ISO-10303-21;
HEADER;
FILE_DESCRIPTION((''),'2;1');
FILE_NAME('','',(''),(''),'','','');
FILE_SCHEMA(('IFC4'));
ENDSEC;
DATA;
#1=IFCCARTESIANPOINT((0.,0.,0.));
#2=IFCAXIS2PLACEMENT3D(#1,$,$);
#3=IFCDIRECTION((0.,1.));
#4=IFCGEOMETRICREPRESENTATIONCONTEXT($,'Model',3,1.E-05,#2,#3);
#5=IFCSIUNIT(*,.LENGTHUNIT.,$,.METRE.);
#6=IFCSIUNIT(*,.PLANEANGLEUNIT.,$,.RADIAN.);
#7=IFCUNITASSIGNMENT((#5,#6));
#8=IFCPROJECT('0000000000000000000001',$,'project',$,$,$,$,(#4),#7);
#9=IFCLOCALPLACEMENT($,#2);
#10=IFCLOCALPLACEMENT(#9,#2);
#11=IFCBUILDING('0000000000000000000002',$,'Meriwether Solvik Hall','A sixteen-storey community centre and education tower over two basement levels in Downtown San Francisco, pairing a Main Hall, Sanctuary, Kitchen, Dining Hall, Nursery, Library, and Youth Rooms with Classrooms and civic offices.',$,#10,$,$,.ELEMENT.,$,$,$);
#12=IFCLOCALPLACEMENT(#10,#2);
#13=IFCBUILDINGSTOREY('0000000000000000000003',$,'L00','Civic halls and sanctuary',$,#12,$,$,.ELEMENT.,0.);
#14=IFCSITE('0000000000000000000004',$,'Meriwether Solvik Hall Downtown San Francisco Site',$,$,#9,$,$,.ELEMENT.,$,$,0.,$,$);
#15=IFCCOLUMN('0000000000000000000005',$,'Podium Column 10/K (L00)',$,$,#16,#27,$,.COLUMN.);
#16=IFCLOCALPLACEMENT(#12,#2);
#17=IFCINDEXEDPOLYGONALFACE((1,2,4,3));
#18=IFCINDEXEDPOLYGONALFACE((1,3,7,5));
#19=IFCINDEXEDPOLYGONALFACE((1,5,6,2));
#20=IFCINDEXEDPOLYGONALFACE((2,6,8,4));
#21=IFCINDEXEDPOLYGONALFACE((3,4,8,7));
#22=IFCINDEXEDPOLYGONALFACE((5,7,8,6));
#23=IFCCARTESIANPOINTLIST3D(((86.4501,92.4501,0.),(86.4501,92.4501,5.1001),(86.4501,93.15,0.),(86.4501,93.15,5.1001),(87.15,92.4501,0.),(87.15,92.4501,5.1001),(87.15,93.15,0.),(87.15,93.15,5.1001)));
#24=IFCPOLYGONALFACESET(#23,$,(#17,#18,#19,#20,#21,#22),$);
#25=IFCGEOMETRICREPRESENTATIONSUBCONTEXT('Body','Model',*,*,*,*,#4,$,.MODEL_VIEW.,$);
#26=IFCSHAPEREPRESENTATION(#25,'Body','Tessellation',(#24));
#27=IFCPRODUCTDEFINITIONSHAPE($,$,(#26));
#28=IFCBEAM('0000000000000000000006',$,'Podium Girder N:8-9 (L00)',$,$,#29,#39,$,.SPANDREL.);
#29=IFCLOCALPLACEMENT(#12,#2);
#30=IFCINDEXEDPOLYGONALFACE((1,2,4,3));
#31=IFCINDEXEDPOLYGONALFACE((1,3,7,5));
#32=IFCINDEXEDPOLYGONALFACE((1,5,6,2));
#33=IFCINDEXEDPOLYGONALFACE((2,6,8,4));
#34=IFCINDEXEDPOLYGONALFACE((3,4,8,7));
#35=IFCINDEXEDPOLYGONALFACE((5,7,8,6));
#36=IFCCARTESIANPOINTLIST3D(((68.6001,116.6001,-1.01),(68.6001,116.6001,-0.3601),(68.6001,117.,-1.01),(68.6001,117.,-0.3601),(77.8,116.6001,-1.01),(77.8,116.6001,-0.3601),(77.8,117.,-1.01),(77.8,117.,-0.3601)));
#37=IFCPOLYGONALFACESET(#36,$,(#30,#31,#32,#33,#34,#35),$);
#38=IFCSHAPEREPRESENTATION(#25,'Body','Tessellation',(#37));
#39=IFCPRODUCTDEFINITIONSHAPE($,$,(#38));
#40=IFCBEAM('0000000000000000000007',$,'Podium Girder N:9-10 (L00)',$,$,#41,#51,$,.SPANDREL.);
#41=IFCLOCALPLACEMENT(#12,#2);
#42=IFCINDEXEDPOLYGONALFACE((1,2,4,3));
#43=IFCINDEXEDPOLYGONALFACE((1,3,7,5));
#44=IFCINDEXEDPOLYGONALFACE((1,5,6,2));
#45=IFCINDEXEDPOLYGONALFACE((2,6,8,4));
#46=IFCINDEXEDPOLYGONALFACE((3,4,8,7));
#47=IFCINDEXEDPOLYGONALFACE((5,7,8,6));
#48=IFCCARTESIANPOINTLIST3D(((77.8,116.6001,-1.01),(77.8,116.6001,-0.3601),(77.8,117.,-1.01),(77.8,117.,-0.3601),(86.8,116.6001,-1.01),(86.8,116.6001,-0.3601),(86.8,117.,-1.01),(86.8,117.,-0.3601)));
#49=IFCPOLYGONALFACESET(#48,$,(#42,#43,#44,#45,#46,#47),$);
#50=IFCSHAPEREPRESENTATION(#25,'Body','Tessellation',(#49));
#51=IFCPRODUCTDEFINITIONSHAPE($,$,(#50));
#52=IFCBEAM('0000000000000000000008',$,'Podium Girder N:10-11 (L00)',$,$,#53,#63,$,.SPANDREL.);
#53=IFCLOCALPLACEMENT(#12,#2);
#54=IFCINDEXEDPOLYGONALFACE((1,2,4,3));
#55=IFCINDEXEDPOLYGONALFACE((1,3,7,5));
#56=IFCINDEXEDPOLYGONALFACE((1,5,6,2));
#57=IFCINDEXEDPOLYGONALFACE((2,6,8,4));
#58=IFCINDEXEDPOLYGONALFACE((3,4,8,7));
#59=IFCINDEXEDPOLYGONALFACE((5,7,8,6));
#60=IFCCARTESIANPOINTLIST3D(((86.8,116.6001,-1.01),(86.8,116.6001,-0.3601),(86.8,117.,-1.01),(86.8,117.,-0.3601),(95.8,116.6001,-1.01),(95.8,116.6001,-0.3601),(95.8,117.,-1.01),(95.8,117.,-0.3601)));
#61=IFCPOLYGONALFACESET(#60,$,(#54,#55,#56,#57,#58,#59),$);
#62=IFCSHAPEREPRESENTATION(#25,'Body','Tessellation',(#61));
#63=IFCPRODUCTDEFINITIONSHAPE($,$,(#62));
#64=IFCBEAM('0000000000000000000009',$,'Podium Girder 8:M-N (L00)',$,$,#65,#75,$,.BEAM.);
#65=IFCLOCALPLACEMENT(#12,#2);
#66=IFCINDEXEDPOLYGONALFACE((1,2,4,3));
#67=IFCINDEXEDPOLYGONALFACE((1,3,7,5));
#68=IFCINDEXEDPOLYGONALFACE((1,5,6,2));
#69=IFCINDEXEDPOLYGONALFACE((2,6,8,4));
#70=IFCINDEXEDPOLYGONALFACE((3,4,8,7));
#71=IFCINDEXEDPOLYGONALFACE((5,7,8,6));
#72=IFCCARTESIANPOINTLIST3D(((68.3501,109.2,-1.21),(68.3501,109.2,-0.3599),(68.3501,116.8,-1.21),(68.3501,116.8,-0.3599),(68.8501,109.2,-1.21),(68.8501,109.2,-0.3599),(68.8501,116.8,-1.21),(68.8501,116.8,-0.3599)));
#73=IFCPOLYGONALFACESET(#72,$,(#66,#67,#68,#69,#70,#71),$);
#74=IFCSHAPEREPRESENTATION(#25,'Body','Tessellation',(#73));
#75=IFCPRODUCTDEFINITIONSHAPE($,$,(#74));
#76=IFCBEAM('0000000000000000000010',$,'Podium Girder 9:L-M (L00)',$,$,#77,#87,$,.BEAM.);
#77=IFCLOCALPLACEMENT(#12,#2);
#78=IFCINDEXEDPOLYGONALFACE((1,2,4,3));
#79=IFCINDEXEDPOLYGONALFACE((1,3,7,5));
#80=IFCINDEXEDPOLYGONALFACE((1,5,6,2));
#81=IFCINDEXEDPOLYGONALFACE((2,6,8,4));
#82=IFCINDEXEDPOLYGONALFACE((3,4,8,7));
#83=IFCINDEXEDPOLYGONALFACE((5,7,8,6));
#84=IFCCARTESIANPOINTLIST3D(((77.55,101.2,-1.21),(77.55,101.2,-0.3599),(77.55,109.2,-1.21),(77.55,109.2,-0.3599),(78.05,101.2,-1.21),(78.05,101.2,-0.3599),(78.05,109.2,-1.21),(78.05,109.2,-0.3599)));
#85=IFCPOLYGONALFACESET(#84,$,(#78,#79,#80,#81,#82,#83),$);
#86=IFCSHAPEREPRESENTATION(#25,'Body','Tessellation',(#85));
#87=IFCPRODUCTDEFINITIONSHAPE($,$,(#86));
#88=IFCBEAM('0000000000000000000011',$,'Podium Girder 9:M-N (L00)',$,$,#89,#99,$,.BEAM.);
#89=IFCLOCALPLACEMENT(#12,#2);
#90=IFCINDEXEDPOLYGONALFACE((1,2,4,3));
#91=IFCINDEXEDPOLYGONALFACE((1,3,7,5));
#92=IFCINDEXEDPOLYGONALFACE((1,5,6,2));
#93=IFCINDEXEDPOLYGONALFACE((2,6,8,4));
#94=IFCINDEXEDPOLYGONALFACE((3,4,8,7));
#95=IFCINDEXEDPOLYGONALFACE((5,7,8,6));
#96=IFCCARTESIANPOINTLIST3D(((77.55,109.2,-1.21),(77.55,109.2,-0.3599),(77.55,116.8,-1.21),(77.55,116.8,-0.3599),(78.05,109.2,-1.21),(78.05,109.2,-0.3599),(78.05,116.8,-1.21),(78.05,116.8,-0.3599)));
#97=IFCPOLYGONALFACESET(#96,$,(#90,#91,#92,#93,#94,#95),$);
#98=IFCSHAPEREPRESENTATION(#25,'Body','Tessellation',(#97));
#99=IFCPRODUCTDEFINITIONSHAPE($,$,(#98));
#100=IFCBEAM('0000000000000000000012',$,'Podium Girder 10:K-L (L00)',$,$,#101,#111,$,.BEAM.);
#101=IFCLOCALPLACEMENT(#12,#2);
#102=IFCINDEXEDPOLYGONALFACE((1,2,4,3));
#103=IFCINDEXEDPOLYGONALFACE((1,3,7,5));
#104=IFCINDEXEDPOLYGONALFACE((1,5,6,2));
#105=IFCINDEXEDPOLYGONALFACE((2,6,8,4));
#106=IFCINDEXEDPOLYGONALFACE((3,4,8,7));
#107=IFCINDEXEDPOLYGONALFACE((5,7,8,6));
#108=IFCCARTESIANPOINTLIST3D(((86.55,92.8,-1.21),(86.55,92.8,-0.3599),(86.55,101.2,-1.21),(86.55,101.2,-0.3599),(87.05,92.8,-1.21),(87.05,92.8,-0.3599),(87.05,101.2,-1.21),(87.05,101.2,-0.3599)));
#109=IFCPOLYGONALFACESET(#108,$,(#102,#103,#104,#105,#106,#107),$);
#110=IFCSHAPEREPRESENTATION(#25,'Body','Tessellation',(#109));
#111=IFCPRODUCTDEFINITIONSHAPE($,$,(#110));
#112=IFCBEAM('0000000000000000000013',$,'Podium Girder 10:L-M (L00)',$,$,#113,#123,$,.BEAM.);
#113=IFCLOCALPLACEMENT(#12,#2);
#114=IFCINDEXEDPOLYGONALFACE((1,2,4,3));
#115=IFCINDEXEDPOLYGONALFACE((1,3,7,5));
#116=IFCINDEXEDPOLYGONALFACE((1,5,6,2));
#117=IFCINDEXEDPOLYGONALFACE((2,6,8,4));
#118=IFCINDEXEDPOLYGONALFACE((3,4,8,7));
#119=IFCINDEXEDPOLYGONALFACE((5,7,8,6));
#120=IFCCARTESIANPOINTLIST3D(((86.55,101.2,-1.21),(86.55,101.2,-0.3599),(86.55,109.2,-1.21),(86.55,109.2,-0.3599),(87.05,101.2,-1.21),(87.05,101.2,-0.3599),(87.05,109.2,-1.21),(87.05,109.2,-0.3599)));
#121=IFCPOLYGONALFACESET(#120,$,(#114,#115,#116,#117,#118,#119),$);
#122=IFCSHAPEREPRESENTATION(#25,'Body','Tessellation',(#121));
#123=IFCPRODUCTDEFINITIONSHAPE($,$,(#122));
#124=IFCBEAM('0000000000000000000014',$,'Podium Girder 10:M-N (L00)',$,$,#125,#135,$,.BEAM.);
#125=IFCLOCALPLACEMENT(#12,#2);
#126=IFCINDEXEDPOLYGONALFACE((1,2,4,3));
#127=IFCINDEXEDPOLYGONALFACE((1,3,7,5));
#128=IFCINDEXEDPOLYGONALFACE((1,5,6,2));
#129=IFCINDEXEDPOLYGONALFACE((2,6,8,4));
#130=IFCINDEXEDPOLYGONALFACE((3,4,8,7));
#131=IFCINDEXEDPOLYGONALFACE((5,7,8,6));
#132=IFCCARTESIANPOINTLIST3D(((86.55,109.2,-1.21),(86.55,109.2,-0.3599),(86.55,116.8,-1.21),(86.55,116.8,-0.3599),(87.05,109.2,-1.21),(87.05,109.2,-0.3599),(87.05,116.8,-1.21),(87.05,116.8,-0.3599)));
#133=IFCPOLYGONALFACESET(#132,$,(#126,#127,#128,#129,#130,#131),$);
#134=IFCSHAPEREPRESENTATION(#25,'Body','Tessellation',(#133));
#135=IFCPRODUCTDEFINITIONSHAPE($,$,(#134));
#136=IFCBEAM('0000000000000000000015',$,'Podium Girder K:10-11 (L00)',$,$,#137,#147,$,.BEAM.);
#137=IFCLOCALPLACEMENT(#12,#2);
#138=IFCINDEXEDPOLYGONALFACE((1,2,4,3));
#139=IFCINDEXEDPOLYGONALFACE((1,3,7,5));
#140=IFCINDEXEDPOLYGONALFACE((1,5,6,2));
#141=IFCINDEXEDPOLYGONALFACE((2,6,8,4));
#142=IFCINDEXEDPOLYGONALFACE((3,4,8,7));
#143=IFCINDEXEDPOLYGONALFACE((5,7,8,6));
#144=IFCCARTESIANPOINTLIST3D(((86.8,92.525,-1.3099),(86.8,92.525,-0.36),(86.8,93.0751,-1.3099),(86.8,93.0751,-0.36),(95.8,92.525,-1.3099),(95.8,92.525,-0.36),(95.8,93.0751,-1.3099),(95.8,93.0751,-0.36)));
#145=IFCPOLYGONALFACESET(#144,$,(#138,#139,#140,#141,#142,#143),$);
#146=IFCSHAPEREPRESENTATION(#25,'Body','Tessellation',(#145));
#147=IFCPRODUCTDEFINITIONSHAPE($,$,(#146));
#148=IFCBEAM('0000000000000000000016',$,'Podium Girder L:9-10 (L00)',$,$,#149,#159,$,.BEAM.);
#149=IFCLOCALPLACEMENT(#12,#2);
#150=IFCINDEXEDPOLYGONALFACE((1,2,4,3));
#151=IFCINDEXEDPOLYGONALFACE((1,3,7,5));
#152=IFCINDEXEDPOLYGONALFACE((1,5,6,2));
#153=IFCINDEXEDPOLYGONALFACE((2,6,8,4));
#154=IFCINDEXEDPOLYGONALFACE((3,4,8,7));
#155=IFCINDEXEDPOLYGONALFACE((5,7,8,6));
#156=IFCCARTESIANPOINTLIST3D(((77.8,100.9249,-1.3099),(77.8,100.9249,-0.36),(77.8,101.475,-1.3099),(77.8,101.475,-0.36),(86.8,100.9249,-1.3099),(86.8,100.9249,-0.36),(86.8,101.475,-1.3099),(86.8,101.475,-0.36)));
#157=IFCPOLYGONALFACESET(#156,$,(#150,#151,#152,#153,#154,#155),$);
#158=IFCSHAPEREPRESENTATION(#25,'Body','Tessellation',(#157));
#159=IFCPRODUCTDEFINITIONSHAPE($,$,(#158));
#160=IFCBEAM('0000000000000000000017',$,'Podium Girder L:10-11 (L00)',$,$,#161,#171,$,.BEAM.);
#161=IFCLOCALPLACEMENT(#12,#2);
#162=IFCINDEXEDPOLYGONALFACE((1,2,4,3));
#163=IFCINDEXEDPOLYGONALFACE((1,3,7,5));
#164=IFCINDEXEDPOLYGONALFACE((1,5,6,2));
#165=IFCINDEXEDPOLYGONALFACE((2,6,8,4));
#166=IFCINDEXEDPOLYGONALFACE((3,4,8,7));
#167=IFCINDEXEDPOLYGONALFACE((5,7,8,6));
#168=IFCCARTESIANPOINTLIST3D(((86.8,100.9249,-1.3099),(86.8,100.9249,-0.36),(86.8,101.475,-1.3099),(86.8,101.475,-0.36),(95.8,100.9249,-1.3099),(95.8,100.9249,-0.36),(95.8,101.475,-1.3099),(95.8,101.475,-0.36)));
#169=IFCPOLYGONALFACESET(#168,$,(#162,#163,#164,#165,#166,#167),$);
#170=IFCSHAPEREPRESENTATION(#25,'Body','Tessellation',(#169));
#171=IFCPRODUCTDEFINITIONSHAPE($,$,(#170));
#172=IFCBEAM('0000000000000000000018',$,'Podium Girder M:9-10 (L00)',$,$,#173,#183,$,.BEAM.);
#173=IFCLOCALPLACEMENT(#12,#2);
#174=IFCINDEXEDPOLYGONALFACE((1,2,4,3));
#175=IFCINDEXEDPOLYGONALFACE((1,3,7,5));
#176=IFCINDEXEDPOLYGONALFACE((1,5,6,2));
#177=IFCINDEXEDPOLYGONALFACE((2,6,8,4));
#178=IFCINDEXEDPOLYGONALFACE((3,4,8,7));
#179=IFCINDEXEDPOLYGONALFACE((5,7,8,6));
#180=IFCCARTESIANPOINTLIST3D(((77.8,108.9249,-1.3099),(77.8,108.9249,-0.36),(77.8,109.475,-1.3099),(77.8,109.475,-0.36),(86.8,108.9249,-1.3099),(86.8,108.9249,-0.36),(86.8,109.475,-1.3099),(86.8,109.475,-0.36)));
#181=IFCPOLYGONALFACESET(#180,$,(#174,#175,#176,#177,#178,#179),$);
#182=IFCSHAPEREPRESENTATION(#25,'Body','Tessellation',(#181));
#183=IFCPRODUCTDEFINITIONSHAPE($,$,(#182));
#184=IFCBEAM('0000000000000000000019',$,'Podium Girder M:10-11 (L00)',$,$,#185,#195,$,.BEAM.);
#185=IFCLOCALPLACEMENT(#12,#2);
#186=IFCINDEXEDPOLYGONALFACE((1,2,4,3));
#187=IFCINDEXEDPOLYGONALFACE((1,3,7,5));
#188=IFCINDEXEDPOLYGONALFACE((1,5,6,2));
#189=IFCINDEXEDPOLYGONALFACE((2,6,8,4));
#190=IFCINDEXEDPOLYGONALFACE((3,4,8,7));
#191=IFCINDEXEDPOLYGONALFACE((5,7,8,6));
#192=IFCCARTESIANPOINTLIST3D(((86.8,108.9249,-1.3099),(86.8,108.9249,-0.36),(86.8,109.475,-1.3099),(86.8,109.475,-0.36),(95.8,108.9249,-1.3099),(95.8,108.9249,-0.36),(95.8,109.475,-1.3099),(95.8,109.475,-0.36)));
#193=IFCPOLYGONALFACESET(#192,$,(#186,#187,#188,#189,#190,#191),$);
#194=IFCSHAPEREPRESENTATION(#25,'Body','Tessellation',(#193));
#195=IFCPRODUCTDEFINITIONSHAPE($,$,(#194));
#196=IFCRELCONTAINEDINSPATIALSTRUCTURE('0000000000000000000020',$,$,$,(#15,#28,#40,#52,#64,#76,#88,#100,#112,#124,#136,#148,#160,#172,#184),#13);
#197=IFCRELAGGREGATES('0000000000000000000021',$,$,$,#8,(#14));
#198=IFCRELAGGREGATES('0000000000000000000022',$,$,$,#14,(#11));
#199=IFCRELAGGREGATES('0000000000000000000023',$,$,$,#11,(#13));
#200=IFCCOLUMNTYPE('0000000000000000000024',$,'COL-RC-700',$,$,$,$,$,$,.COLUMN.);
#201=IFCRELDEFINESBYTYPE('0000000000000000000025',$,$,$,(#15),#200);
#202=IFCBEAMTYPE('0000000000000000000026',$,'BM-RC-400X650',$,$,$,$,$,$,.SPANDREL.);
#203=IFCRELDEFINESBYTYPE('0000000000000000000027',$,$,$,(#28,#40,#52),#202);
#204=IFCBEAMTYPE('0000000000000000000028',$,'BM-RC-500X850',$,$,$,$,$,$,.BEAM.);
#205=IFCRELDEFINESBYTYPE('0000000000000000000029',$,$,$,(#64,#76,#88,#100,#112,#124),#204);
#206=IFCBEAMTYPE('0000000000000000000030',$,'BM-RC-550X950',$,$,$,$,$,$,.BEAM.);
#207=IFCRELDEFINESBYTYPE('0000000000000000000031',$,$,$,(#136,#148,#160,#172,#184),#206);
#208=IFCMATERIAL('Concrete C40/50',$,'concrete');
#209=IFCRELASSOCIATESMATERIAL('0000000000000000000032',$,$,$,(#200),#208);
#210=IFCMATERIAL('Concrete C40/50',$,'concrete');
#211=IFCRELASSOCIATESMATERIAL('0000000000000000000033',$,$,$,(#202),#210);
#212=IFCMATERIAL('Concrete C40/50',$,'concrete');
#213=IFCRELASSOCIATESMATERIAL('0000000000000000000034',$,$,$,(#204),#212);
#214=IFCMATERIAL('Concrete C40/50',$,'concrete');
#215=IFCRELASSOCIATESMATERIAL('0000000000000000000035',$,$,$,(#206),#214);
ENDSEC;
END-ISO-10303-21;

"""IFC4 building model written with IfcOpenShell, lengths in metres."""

from ifc_helpers import new_model, si_unit, direction, frame, origin, origin_2d, place, context, subcontext, project, spatial, rectangle, extrude, material, material_profile, profile_set, type_object, element, save


model = new_model("IFC4")

# Units and contexts
model_context = context("Model", 3, precision=1e-05, world=origin(), true_north=direction((0.0, 1.0)))
body_context = subcontext(model_context, "Body", "Model", "MODEL_VIEW")
ifc_project = project(units=[si_unit("LENGTHUNIT", "METRE"), si_unit("PLANEANGLEUNIT", "RADIAN")], contexts=[model_context])

# Site, building, storey
site_placement = place(None, origin())
site = spatial("IfcSite", under=ifc_project, at=site_placement, Name="Meriwether Solvik Hall Downtown San Francisco Site", CompositionType="ELEMENT", RefElevation=0.0)
building_placement = place(site_placement, origin())
building = spatial("IfcBuilding", under=site, at=building_placement, Name="Meriwether Solvik Hall", Description="A sixteen-storey community centre and education tower over two basement levels in Downtown San Francisco, pairing a Main Hall, Sanctuary, Kitchen, Dining Hall, Nursery, Library, and Youth Rooms with Classrooms and civic offices.", CompositionType="ELEMENT")
storey_placement = place(building_placement, origin())
storey = spatial("IfcBuildingStorey", under=building, at=storey_placement, Name="L00", Description="Civic halls and sanctuary", CompositionType="ELEMENT", Elevation=0.0)

# Column
ifc_material_1 = material(Name="Concrete C40/50", Category="concrete")
ifc_material_profile_1 = material_profile(ifc_material_1, rectangle(XDim=0.7, YDim=0.7, at=origin_2d()), Name="RCC-700X700")
ifc_profile_set_1 = profile_set([ifc_material_profile_1], Name="Concrete C40/50")
column_type = type_object("IfcColumnType", Name="COL-RC-700", PredefinedType="COLUMN", material=ifc_profile_set_1)
column_placement = place(storey_placement, frame((86.8, 92.8, 0.0), z_axis=(0.0, 0.0, 1.0), x_axis=(1.0, 0.0, 0.0)))
element("IfcColumn", 1, at=column_placement, inside=storey, type_object=column_type, Name="Podium Column 10/K (L00)", PredefinedType="COLUMN", context=body_context, shape_type="SweptSolid", body=[
    extrude(rectangle(XDim=0.7, YDim=0.7, at=origin_2d()), origin(), (0.0, 0.0, 1.0), 5.1001),
])

# Beams
ifc_material_2 = material(Name="Concrete C40/50", Category="concrete")
ifc_material_profile_2 = material_profile(ifc_material_2, rectangle(XDim=0.3999, YDim=0.6499, at=origin_2d()), Name="RCB-400X650")
ifc_profile_set_2 = profile_set([ifc_material_profile_2], Name="Concrete C40/50")
beam_type_1 = type_object("IfcBeamType", Name="BM-RC-400X650", PredefinedType="SPANDREL", material=ifc_profile_set_2)
beam_1_placement = place(storey_placement, frame((68.6001, 116.8, -0.6851), z_axis=(1.0, 0.0, 0.0), x_axis=(0.0, 1.0, 0.0)))
element("IfcBeam", 2, at=beam_1_placement, inside=storey, type_object=beam_type_1, Name="Podium Girder N:8-9 (L00)", PredefinedType="SPANDREL", context=body_context, shape_type="SweptSolid", body=[
    extrude(rectangle(XDim=0.3999, YDim=0.6499, at=origin_2d()), origin(), (0.0, 0.0, 1.0), 9.2),
])
for number, where, z_axis, x_axis, name in (
    (3, (77.8, 116.8, -0.6851), (1.0, 0.0, 0.0), (0.0, 1.0, 0.0), "Podium Girder N:9-10 (L00)"),
    (4, (86.8, 116.8, -0.6851), (1.0, 0.0, 0.0), (0.0, 1.0, 0.0), "Podium Girder N:10-11 (L00)"),
):
    element("IfcBeam", number, at=place(storey_placement, frame(where, z_axis=z_axis, x_axis=x_axis)), inside=storey, type_object=beam_type_1, Name=name, PredefinedType="SPANDREL", context=body_context, shape_type="SweptSolid", body=[
        extrude(rectangle(XDim=0.3999, YDim=0.6499, at=origin_2d()), origin(), (0.0, 0.0, 1.0), 9.0),
    ])
ifc_material_3 = material(Name="Concrete C40/50", Category="concrete")
ifc_material_profile_3 = material_profile(ifc_material_3, rectangle(XDim=0.5, YDim=0.8501, at=origin_2d()), Name="RCB-500X850")
ifc_profile_set_3 = profile_set([ifc_material_profile_3], Name="Concrete C40/50")
beam_type_2 = type_object("IfcBeamType", Name="BM-RC-500X850", PredefinedType="BEAM", material=ifc_profile_set_3)
beam_2_placement = place(storey_placement, frame((68.6001, 109.2, -0.7849), z_axis=(0.0, 1.0, 0.0), x_axis=(-1.0, 0.0, 0.0)))
element("IfcBeam", 5, at=beam_2_placement, inside=storey, type_object=beam_type_2, Name="Podium Girder 8:M-N (L00)", PredefinedType="BEAM", context=body_context, shape_type="SweptSolid", body=[
    extrude(rectangle(XDim=0.5, YDim=0.8501, at=origin_2d()), origin(), (0.0, 0.0, 1.0), 7.6001),
])
beam_3_placement = place(storey_placement, frame((77.8, 101.2, -0.7849), z_axis=(0.0, 1.0, 0.0), x_axis=(-1.0, 0.0, 0.0)))
element("IfcBeam", 6, at=beam_3_placement, inside=storey, type_object=beam_type_2, Name="Podium Girder 9:L-M (L00)", PredefinedType="BEAM", context=body_context, shape_type="SweptSolid", body=[
    extrude(rectangle(XDim=0.5, YDim=0.8501, at=origin_2d()), origin(), (0.0, 0.0, 1.0), 8.0),
])
beam_4_placement = place(storey_placement, frame((77.8, 109.2, -0.7849), z_axis=(0.0, 1.0, 0.0), x_axis=(-1.0, 0.0, 0.0)))
element("IfcBeam", 7, at=beam_4_placement, inside=storey, type_object=beam_type_2, Name="Podium Girder 9:M-N (L00)", PredefinedType="BEAM", context=body_context, shape_type="SweptSolid", body=[
    extrude(rectangle(XDim=0.5, YDim=0.8501, at=origin_2d()), origin(), (0.0, 0.0, 1.0), 7.6001),
])
beam_5_placement = place(storey_placement, frame((86.8, 92.8, -0.7849), z_axis=(0.0, 1.0, 0.0), x_axis=(-1.0, 0.0, 0.0)))
element("IfcBeam", 8, at=beam_5_placement, inside=storey, type_object=beam_type_2, Name="Podium Girder 10:K-L (L00)", PredefinedType="BEAM", context=body_context, shape_type="SweptSolid", body=[
    extrude(rectangle(XDim=0.5, YDim=0.8501, at=origin_2d()), origin(), (0.0, 0.0, 1.0), 8.3999),
])
beam_6_placement = place(storey_placement, frame((86.8, 101.2, -0.7849), z_axis=(0.0, 1.0, 0.0), x_axis=(-1.0, 0.0, 0.0)))
element("IfcBeam", 9, at=beam_6_placement, inside=storey, type_object=beam_type_2, Name="Podium Girder 10:L-M (L00)", PredefinedType="BEAM", context=body_context, shape_type="SweptSolid", body=[
    extrude(rectangle(XDim=0.5, YDim=0.8501, at=origin_2d()), origin(), (0.0, 0.0, 1.0), 8.0),
])
beam_7_placement = place(storey_placement, frame((86.8, 109.2, -0.7849), z_axis=(0.0, 1.0, 0.0), x_axis=(-1.0, 0.0, 0.0)))
element("IfcBeam", 10, at=beam_7_placement, inside=storey, type_object=beam_type_2, Name="Podium Girder 10:M-N (L00)", PredefinedType="BEAM", context=body_context, shape_type="SweptSolid", body=[
    extrude(rectangle(XDim=0.5, YDim=0.8501, at=origin_2d()), origin(), (0.0, 0.0, 1.0), 7.6001),
])
ifc_material_4 = material(Name="Concrete C40/50", Category="concrete")
ifc_material_profile_4 = material_profile(ifc_material_4, rectangle(XDim=0.55, YDim=0.95, at=origin_2d()), Name="RCB-550X950")
ifc_profile_set_4 = profile_set([ifc_material_profile_4], Name="Concrete C40/50")
beam_type_3 = type_object("IfcBeamType", Name="BM-RC-550X950", PredefinedType="BEAM", material=ifc_profile_set_4)
for number, where, z_axis, x_axis, name in (
    (11, (86.8, 92.8, -0.835), (1.0, 0.0, 0.0), (0.0, 1.0, 0.0), "Podium Girder K:10-11 (L00)"),
    (12, (77.8, 101.2, -0.835), (1.0, 0.0, 0.0), (0.0, 1.0, 0.0), "Podium Girder L:9-10 (L00)"),
    (13, (86.8, 101.2, -0.835), (1.0, 0.0, 0.0), (0.0, 1.0, 0.0), "Podium Girder L:10-11 (L00)"),
    (14, (77.8, 109.2, -0.835), (1.0, 0.0, 0.0), (0.0, 1.0, 0.0), "Podium Girder M:9-10 (L00)"),
    (15, (86.8, 109.2, -0.835), (1.0, 0.0, 0.0), (0.0, 1.0, 0.0), "Podium Girder M:10-11 (L00)"),
):
    element("IfcBeam", number, at=place(storey_placement, frame(where, z_axis=z_axis, x_axis=x_axis)), inside=storey, type_object=beam_type_3, Name=name, PredefinedType="BEAM", context=body_context, shape_type="SweptSolid", body=[
        extrude(rectangle(XDim=0.55, YDim=0.95, at=origin_2d()), origin(), (0.0, 0.0, 1.0), 9.0),
    ])

save(model, "model.ifc")
